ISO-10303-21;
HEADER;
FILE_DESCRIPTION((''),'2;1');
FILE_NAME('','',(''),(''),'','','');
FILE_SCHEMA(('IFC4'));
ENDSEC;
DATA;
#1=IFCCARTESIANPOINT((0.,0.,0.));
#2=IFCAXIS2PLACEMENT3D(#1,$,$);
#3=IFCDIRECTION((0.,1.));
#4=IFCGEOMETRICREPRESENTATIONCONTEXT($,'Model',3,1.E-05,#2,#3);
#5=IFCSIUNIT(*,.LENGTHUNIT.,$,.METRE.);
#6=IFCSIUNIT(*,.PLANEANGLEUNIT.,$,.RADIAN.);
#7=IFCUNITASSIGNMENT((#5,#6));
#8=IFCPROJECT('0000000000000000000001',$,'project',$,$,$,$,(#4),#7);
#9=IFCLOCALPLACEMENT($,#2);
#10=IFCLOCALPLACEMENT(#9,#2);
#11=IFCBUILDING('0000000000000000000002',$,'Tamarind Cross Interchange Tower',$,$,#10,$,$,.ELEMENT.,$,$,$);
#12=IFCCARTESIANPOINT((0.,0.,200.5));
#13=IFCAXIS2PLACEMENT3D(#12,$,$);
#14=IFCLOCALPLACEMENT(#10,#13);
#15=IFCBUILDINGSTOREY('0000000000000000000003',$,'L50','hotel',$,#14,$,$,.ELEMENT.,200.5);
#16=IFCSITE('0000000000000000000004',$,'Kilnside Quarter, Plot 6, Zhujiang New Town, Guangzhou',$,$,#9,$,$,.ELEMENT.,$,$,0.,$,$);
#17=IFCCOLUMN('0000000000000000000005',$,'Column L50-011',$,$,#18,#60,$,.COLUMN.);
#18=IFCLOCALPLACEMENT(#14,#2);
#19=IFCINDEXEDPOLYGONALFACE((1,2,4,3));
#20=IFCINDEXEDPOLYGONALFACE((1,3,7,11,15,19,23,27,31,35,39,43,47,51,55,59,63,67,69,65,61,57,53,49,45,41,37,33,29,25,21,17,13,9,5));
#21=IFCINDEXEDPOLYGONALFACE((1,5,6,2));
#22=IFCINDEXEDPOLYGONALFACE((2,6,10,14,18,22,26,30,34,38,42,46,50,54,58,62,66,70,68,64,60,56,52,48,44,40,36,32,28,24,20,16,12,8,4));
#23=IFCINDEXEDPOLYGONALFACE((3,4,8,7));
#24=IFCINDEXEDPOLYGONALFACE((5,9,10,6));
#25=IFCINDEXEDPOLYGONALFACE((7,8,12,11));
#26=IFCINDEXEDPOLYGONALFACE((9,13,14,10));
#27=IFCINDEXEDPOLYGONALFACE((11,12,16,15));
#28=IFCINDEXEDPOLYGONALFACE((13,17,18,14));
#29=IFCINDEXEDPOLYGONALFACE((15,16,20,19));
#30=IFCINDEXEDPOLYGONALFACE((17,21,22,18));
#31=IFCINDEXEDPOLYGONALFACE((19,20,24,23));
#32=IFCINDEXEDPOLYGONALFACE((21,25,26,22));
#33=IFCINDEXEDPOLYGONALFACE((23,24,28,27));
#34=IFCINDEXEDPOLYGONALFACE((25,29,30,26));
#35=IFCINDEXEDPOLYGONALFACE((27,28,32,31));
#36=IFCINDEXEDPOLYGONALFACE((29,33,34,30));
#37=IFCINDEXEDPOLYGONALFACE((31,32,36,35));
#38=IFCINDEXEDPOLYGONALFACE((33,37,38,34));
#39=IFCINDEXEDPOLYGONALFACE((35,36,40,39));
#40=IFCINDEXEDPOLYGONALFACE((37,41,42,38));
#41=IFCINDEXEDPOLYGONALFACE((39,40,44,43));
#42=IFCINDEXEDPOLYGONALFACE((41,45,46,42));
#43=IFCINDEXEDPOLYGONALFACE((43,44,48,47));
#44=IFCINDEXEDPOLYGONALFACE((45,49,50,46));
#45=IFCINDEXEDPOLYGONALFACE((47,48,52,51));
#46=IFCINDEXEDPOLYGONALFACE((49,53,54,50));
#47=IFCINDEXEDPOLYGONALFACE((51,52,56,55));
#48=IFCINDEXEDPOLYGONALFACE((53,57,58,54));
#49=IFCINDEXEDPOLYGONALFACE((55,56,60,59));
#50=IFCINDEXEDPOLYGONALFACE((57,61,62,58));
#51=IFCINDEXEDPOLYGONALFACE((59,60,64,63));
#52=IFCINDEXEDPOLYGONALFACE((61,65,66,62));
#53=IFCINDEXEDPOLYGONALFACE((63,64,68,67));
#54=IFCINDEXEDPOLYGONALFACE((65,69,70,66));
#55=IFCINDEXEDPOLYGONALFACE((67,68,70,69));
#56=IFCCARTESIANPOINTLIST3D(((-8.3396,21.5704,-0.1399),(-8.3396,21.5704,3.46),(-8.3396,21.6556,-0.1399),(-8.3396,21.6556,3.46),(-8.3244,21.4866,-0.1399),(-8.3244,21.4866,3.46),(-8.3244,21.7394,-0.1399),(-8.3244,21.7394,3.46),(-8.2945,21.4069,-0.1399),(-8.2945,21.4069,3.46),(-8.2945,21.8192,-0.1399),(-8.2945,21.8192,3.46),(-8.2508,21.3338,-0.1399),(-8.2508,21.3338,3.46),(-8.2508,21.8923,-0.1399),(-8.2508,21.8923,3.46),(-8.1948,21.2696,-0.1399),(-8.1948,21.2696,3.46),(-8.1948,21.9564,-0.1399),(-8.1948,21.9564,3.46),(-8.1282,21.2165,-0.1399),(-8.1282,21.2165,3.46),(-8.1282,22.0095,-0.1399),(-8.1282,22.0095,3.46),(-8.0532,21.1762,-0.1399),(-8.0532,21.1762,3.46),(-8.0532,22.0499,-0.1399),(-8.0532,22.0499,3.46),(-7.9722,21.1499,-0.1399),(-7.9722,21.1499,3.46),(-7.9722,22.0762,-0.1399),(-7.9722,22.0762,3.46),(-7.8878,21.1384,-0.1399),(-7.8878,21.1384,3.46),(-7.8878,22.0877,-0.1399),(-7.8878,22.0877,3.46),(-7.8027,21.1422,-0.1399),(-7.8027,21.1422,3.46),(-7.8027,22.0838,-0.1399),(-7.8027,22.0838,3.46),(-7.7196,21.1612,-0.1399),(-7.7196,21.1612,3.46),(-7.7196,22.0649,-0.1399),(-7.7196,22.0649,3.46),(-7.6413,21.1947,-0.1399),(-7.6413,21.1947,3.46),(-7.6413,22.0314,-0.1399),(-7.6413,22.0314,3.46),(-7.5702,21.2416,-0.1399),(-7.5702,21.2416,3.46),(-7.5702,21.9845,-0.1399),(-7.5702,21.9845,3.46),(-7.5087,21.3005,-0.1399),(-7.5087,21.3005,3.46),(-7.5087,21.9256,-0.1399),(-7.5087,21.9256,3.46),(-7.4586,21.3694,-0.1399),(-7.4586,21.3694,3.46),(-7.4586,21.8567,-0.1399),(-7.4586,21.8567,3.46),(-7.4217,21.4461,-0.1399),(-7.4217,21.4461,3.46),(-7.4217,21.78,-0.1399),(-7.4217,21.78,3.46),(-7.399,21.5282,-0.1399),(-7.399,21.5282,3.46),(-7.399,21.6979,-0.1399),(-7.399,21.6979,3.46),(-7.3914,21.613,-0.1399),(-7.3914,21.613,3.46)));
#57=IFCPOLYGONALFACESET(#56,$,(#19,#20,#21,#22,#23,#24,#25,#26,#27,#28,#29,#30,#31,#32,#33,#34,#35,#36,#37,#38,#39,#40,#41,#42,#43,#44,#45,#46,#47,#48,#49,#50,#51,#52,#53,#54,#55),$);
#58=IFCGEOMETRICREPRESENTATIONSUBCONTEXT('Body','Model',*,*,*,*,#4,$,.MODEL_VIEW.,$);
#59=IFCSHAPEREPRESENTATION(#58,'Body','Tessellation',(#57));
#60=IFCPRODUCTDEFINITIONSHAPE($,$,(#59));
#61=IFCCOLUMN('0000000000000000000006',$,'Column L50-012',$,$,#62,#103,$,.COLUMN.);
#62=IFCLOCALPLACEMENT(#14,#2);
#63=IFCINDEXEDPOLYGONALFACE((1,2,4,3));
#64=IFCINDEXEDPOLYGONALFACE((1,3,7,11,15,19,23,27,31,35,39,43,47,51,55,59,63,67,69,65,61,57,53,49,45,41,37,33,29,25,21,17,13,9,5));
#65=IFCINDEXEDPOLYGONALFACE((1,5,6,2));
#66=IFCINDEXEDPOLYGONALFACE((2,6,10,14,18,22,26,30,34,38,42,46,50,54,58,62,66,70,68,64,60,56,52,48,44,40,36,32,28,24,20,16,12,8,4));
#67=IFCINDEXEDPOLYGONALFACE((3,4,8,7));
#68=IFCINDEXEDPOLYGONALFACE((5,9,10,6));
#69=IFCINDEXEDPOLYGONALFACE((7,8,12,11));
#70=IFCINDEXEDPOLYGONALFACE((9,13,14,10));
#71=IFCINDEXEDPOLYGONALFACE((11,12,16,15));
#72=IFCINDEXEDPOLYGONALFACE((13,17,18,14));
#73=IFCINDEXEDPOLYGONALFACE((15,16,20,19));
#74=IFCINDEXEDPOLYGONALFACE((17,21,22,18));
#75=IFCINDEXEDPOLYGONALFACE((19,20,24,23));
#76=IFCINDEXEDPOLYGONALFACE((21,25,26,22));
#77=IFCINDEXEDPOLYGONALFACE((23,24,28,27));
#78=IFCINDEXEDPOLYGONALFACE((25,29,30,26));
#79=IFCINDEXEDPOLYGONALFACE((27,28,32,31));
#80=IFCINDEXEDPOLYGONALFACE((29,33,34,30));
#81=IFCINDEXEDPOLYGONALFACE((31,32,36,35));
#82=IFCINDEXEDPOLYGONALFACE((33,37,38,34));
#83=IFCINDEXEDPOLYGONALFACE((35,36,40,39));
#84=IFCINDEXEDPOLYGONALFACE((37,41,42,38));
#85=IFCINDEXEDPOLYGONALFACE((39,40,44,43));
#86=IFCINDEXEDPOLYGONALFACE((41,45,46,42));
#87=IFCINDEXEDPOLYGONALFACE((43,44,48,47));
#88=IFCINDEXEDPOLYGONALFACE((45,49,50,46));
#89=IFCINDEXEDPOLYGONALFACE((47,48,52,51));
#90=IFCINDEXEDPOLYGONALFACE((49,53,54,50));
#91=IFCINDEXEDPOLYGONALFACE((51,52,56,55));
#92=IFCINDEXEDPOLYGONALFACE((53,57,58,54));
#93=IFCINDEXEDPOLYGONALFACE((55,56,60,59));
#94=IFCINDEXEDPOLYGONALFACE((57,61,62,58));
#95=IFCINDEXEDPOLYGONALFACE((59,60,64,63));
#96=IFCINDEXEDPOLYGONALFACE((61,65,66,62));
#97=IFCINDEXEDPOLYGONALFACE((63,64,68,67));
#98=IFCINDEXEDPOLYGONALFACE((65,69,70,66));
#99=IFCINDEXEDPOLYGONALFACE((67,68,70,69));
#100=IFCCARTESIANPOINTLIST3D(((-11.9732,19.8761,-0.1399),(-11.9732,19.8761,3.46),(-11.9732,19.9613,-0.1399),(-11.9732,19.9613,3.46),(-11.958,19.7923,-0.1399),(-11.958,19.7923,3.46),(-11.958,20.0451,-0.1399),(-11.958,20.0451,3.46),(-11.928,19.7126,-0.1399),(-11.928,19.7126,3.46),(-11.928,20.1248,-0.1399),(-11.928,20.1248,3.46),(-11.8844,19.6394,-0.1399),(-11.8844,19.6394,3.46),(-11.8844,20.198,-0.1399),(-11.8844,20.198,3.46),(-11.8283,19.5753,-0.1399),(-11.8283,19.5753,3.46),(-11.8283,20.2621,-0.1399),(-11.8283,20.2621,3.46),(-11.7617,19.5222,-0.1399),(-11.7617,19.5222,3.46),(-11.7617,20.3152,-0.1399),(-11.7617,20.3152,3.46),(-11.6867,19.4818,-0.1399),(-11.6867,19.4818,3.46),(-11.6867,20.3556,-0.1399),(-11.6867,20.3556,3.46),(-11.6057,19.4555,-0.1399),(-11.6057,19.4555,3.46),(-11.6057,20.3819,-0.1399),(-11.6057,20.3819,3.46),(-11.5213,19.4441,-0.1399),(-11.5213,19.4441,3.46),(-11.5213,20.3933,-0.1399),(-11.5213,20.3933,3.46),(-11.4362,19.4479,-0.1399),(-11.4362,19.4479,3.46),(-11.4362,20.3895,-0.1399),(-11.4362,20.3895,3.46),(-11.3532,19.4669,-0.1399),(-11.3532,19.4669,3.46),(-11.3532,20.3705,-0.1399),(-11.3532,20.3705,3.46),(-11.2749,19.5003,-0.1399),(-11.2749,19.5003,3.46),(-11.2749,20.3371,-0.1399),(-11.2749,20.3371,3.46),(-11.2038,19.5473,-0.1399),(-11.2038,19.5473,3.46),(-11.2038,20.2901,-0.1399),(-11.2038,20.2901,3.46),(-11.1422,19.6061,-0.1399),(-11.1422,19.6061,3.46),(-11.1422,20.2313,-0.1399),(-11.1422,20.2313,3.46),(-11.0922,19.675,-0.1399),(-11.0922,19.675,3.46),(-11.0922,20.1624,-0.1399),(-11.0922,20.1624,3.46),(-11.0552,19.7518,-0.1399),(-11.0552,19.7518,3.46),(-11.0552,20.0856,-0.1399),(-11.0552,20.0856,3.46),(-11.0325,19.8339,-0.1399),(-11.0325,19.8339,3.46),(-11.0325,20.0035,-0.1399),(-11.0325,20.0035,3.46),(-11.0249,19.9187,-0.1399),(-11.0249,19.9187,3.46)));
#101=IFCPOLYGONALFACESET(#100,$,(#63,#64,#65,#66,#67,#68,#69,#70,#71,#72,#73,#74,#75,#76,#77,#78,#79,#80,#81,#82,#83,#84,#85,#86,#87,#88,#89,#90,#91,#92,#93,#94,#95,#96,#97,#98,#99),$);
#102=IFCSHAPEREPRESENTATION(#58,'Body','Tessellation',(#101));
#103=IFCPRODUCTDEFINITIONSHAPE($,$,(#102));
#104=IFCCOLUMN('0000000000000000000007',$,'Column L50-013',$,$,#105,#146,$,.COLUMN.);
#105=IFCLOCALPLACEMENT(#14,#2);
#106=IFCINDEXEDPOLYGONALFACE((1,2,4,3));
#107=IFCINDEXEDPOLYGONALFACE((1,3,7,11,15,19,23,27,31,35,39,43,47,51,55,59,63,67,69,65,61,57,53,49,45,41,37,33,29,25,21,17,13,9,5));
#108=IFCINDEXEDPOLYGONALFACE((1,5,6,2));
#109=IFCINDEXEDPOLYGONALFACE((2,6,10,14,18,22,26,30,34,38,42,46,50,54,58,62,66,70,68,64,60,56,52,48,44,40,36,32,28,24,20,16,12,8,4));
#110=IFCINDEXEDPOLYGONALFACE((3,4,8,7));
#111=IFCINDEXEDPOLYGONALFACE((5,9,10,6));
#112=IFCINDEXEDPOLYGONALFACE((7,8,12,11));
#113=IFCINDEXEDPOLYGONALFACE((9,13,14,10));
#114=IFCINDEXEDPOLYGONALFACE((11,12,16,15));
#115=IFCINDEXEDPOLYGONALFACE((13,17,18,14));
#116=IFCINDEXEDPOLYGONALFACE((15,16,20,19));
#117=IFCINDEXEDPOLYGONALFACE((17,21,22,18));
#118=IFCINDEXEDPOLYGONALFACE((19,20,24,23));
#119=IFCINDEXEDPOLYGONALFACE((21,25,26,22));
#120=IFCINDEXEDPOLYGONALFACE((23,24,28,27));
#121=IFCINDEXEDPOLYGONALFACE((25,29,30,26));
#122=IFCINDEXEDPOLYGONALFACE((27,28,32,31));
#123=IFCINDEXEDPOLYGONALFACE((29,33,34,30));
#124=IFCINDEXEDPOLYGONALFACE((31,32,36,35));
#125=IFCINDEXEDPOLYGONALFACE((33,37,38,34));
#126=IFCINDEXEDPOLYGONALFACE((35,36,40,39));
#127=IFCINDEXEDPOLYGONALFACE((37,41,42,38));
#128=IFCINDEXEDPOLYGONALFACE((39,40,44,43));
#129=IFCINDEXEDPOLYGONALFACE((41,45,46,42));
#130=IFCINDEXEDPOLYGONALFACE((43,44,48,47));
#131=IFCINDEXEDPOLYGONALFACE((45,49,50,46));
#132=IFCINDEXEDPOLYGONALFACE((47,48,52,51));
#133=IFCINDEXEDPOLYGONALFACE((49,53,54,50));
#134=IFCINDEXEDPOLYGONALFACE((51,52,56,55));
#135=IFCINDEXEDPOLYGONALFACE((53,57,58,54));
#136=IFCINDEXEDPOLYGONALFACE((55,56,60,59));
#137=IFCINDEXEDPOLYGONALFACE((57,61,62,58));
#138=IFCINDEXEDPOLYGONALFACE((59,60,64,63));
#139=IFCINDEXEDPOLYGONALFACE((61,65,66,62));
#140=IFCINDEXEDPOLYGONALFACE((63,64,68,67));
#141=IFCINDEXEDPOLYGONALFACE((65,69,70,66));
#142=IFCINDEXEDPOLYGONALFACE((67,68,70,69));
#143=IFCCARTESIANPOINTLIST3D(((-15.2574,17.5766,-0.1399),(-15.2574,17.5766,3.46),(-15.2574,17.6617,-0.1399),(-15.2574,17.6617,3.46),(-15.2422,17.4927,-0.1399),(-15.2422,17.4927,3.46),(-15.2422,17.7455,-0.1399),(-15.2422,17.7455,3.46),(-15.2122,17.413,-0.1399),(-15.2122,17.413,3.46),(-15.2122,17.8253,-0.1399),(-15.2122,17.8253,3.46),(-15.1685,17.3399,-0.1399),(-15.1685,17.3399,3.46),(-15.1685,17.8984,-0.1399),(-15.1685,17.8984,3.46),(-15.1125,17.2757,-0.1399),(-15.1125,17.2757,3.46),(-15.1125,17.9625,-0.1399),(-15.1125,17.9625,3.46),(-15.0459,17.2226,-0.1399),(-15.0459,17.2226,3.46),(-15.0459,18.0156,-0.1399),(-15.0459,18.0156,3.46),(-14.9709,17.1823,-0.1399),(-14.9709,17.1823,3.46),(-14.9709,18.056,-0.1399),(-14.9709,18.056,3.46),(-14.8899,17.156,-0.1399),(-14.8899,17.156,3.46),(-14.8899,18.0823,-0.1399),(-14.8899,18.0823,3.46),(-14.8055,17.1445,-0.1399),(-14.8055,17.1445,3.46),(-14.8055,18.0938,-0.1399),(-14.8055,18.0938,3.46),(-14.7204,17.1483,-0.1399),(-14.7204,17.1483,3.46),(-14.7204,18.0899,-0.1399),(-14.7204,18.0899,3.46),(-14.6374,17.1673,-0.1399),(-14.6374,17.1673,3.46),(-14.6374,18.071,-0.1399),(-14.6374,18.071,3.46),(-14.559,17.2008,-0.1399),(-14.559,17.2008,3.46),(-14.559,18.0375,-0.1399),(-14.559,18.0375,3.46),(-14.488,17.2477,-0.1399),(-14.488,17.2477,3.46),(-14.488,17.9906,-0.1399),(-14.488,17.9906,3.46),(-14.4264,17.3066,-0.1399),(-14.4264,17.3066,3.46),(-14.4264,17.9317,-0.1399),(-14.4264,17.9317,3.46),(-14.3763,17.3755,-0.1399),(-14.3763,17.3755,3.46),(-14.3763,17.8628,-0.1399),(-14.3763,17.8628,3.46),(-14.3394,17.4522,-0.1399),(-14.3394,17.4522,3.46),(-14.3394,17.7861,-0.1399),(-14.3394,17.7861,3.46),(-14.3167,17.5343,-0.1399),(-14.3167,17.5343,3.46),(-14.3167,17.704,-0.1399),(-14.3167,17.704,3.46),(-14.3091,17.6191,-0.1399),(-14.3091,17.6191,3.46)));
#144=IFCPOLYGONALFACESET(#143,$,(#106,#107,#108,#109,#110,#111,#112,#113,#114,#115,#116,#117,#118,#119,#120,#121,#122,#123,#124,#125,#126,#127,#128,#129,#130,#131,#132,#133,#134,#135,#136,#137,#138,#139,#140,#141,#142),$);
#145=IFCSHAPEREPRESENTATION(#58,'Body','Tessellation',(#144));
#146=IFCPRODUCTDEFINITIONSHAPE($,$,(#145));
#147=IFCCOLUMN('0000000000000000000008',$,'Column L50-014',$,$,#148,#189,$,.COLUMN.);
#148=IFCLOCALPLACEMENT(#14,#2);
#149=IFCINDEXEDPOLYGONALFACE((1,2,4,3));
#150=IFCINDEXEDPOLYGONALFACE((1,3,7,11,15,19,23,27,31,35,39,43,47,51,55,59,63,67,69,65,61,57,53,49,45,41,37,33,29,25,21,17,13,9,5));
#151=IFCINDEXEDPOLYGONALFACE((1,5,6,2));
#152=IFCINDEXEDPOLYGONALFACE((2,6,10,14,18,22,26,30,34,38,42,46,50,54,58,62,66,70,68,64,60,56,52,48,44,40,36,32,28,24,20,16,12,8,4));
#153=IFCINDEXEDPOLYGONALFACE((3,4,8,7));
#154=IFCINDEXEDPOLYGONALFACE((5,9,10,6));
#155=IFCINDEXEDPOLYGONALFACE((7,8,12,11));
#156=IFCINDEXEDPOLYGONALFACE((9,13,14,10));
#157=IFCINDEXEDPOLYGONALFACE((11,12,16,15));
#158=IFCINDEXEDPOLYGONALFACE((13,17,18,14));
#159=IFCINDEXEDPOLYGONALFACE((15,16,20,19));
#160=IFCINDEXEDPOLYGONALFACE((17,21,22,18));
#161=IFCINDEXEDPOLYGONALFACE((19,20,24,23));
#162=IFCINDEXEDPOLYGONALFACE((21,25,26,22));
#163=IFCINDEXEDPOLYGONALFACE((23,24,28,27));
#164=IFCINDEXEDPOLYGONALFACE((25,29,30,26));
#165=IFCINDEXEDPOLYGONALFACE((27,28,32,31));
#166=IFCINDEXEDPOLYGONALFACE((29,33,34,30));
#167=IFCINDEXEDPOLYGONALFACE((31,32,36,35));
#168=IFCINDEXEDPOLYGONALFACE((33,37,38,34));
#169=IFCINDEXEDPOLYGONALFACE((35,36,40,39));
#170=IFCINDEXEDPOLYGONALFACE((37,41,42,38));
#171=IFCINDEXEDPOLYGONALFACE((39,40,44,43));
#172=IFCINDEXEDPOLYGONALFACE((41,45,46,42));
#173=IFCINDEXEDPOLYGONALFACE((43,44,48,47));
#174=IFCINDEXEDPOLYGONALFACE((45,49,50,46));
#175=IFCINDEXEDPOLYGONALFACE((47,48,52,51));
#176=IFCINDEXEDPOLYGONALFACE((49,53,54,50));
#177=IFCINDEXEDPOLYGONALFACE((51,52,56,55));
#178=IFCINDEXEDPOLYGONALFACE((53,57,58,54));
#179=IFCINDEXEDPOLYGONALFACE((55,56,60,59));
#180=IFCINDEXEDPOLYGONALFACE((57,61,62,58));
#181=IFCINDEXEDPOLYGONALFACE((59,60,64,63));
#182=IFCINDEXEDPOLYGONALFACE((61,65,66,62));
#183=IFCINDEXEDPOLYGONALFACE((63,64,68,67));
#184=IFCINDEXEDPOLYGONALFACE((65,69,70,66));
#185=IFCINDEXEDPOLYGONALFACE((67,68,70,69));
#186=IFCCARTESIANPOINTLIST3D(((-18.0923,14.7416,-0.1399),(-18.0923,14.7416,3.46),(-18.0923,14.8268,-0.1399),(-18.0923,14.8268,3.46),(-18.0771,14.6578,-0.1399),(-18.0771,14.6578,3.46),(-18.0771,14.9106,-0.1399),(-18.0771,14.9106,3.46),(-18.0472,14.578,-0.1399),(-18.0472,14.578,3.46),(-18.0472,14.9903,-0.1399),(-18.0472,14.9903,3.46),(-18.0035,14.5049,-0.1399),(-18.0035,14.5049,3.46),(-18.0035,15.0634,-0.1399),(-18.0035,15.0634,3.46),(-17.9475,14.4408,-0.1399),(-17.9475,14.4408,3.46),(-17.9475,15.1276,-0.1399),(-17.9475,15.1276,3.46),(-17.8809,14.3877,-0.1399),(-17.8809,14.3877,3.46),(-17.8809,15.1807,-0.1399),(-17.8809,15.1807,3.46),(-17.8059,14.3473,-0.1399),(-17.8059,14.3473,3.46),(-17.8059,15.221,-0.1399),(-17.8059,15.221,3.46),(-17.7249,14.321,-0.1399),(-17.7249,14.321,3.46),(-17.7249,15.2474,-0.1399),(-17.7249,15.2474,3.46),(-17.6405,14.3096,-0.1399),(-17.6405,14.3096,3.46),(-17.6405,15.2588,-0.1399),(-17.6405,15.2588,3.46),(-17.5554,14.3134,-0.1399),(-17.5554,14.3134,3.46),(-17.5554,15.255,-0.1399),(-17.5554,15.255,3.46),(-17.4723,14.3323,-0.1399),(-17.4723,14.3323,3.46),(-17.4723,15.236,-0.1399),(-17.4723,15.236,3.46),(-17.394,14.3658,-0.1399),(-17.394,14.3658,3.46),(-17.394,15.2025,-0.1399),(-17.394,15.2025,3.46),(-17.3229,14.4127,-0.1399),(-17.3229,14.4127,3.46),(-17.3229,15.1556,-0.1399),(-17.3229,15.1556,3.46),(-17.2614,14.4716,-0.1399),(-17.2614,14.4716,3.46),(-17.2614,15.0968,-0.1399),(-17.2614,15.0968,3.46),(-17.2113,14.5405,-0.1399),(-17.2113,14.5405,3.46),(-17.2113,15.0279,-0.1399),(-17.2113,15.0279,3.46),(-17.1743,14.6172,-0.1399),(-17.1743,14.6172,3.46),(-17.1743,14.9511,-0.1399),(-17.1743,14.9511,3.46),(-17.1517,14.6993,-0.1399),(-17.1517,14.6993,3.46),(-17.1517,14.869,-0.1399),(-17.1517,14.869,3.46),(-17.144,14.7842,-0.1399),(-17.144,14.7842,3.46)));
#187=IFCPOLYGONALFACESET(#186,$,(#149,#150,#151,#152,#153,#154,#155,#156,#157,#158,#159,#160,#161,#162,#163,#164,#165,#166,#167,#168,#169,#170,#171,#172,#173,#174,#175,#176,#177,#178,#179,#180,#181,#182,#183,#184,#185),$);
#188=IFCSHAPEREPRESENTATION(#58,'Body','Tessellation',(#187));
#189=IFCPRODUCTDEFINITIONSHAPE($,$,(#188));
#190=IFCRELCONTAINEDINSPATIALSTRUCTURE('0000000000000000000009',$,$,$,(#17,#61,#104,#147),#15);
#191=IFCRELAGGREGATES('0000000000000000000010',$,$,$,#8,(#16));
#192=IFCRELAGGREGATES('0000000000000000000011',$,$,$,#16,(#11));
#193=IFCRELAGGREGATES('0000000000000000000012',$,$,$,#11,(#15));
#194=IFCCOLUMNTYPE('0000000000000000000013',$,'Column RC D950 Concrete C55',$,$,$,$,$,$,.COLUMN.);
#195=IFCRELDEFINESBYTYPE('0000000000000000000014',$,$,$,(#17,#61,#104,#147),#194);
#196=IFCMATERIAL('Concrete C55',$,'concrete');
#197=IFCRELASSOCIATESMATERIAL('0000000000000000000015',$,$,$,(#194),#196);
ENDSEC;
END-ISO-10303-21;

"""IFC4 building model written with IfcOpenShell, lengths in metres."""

from ifc_helpers import new_model, si_unit, direction, frame, origin, origin_2d, place, context, subcontext, project, spatial, circle, extrude, material, material_profile, profile_set, type_object, element, save


model = new_model("IFC4")

# Units and contexts
model_context = context("Model", 3, precision=1e-05, world=origin(), true_north=direction((0.0, 1.0)))
body_context = subcontext(model_context, "Body", "Model", "MODEL_VIEW")
ifc_project = project(units=[si_unit("LENGTHUNIT", "METRE"), si_unit("PLANEANGLEUNIT", "RADIAN")], contexts=[model_context])

# Site, building, storey
site_placement = place(None, origin())
site = spatial("IfcSite", under=ifc_project, at=site_placement, Name="Kilnside Quarter, Plot 6, Zhujiang New Town, Guangzhou", CompositionType="ELEMENT", RefElevation=0.0)
building_placement = place(site_placement, origin())
building = spatial("IfcBuilding", under=site, at=building_placement, Name="Tamarind Cross Interchange Tower", CompositionType="ELEMENT")
storey_placement = place(building_placement, frame((0.0, 0.0, 200.5)))
storey = spatial("IfcBuildingStorey", under=building, at=storey_placement, Name="L50", Description="hotel", CompositionType="ELEMENT", Elevation=200.5)

# Columns
ifc_material_1 = material(Name="Concrete C55", Category="concrete")
ifc_material_profile_1 = material_profile(ifc_material_1, circle(Radius=0.4751, at=origin_2d()), Name="RC D950")
ifc_profile_set_1 = profile_set([ifc_material_profile_1], Name="Concrete C55")
column_type = type_object("IfcColumnType", Name="Column RC D950 Concrete C55", PredefinedType="COLUMN", material=ifc_profile_set_1)
for number, where, z_axis, x_axis, name in (
    (1, (-7.8665, 21.613, -0.1399), (0.0, 0.0, 1.0), (1.0, 0.0, 0.0), "Column L50-011"),
    (2, (-11.5, 19.9187, -0.1399), (0.0, 0.0, 1.0), (1.0, 0.0, 0.0), "Column L50-012"),
    (3, (-14.7842, 17.6191, -0.1399), (0.0, 0.0, 1.0), (1.0, 0.0, 0.0), "Column L50-013"),
    (4, (-17.6191, 14.7842, -0.1399), (0.0, 0.0, 1.0), (1.0, 0.0, 0.0), "Column L50-014"),
):
    element("IfcColumn", number, at=place(storey_placement, frame(where, z_axis=z_axis, x_axis=x_axis)), inside=storey, type_object=column_type, Name=name, PredefinedType="COLUMN", context=body_context, shape_type="SweptSolid", body=[
        extrude(circle(Radius=0.4751, at=origin_2d()), origin(), (0.0, 0.0, 1.0), 3.5999),
    ])

save(model, "model.ifc")
